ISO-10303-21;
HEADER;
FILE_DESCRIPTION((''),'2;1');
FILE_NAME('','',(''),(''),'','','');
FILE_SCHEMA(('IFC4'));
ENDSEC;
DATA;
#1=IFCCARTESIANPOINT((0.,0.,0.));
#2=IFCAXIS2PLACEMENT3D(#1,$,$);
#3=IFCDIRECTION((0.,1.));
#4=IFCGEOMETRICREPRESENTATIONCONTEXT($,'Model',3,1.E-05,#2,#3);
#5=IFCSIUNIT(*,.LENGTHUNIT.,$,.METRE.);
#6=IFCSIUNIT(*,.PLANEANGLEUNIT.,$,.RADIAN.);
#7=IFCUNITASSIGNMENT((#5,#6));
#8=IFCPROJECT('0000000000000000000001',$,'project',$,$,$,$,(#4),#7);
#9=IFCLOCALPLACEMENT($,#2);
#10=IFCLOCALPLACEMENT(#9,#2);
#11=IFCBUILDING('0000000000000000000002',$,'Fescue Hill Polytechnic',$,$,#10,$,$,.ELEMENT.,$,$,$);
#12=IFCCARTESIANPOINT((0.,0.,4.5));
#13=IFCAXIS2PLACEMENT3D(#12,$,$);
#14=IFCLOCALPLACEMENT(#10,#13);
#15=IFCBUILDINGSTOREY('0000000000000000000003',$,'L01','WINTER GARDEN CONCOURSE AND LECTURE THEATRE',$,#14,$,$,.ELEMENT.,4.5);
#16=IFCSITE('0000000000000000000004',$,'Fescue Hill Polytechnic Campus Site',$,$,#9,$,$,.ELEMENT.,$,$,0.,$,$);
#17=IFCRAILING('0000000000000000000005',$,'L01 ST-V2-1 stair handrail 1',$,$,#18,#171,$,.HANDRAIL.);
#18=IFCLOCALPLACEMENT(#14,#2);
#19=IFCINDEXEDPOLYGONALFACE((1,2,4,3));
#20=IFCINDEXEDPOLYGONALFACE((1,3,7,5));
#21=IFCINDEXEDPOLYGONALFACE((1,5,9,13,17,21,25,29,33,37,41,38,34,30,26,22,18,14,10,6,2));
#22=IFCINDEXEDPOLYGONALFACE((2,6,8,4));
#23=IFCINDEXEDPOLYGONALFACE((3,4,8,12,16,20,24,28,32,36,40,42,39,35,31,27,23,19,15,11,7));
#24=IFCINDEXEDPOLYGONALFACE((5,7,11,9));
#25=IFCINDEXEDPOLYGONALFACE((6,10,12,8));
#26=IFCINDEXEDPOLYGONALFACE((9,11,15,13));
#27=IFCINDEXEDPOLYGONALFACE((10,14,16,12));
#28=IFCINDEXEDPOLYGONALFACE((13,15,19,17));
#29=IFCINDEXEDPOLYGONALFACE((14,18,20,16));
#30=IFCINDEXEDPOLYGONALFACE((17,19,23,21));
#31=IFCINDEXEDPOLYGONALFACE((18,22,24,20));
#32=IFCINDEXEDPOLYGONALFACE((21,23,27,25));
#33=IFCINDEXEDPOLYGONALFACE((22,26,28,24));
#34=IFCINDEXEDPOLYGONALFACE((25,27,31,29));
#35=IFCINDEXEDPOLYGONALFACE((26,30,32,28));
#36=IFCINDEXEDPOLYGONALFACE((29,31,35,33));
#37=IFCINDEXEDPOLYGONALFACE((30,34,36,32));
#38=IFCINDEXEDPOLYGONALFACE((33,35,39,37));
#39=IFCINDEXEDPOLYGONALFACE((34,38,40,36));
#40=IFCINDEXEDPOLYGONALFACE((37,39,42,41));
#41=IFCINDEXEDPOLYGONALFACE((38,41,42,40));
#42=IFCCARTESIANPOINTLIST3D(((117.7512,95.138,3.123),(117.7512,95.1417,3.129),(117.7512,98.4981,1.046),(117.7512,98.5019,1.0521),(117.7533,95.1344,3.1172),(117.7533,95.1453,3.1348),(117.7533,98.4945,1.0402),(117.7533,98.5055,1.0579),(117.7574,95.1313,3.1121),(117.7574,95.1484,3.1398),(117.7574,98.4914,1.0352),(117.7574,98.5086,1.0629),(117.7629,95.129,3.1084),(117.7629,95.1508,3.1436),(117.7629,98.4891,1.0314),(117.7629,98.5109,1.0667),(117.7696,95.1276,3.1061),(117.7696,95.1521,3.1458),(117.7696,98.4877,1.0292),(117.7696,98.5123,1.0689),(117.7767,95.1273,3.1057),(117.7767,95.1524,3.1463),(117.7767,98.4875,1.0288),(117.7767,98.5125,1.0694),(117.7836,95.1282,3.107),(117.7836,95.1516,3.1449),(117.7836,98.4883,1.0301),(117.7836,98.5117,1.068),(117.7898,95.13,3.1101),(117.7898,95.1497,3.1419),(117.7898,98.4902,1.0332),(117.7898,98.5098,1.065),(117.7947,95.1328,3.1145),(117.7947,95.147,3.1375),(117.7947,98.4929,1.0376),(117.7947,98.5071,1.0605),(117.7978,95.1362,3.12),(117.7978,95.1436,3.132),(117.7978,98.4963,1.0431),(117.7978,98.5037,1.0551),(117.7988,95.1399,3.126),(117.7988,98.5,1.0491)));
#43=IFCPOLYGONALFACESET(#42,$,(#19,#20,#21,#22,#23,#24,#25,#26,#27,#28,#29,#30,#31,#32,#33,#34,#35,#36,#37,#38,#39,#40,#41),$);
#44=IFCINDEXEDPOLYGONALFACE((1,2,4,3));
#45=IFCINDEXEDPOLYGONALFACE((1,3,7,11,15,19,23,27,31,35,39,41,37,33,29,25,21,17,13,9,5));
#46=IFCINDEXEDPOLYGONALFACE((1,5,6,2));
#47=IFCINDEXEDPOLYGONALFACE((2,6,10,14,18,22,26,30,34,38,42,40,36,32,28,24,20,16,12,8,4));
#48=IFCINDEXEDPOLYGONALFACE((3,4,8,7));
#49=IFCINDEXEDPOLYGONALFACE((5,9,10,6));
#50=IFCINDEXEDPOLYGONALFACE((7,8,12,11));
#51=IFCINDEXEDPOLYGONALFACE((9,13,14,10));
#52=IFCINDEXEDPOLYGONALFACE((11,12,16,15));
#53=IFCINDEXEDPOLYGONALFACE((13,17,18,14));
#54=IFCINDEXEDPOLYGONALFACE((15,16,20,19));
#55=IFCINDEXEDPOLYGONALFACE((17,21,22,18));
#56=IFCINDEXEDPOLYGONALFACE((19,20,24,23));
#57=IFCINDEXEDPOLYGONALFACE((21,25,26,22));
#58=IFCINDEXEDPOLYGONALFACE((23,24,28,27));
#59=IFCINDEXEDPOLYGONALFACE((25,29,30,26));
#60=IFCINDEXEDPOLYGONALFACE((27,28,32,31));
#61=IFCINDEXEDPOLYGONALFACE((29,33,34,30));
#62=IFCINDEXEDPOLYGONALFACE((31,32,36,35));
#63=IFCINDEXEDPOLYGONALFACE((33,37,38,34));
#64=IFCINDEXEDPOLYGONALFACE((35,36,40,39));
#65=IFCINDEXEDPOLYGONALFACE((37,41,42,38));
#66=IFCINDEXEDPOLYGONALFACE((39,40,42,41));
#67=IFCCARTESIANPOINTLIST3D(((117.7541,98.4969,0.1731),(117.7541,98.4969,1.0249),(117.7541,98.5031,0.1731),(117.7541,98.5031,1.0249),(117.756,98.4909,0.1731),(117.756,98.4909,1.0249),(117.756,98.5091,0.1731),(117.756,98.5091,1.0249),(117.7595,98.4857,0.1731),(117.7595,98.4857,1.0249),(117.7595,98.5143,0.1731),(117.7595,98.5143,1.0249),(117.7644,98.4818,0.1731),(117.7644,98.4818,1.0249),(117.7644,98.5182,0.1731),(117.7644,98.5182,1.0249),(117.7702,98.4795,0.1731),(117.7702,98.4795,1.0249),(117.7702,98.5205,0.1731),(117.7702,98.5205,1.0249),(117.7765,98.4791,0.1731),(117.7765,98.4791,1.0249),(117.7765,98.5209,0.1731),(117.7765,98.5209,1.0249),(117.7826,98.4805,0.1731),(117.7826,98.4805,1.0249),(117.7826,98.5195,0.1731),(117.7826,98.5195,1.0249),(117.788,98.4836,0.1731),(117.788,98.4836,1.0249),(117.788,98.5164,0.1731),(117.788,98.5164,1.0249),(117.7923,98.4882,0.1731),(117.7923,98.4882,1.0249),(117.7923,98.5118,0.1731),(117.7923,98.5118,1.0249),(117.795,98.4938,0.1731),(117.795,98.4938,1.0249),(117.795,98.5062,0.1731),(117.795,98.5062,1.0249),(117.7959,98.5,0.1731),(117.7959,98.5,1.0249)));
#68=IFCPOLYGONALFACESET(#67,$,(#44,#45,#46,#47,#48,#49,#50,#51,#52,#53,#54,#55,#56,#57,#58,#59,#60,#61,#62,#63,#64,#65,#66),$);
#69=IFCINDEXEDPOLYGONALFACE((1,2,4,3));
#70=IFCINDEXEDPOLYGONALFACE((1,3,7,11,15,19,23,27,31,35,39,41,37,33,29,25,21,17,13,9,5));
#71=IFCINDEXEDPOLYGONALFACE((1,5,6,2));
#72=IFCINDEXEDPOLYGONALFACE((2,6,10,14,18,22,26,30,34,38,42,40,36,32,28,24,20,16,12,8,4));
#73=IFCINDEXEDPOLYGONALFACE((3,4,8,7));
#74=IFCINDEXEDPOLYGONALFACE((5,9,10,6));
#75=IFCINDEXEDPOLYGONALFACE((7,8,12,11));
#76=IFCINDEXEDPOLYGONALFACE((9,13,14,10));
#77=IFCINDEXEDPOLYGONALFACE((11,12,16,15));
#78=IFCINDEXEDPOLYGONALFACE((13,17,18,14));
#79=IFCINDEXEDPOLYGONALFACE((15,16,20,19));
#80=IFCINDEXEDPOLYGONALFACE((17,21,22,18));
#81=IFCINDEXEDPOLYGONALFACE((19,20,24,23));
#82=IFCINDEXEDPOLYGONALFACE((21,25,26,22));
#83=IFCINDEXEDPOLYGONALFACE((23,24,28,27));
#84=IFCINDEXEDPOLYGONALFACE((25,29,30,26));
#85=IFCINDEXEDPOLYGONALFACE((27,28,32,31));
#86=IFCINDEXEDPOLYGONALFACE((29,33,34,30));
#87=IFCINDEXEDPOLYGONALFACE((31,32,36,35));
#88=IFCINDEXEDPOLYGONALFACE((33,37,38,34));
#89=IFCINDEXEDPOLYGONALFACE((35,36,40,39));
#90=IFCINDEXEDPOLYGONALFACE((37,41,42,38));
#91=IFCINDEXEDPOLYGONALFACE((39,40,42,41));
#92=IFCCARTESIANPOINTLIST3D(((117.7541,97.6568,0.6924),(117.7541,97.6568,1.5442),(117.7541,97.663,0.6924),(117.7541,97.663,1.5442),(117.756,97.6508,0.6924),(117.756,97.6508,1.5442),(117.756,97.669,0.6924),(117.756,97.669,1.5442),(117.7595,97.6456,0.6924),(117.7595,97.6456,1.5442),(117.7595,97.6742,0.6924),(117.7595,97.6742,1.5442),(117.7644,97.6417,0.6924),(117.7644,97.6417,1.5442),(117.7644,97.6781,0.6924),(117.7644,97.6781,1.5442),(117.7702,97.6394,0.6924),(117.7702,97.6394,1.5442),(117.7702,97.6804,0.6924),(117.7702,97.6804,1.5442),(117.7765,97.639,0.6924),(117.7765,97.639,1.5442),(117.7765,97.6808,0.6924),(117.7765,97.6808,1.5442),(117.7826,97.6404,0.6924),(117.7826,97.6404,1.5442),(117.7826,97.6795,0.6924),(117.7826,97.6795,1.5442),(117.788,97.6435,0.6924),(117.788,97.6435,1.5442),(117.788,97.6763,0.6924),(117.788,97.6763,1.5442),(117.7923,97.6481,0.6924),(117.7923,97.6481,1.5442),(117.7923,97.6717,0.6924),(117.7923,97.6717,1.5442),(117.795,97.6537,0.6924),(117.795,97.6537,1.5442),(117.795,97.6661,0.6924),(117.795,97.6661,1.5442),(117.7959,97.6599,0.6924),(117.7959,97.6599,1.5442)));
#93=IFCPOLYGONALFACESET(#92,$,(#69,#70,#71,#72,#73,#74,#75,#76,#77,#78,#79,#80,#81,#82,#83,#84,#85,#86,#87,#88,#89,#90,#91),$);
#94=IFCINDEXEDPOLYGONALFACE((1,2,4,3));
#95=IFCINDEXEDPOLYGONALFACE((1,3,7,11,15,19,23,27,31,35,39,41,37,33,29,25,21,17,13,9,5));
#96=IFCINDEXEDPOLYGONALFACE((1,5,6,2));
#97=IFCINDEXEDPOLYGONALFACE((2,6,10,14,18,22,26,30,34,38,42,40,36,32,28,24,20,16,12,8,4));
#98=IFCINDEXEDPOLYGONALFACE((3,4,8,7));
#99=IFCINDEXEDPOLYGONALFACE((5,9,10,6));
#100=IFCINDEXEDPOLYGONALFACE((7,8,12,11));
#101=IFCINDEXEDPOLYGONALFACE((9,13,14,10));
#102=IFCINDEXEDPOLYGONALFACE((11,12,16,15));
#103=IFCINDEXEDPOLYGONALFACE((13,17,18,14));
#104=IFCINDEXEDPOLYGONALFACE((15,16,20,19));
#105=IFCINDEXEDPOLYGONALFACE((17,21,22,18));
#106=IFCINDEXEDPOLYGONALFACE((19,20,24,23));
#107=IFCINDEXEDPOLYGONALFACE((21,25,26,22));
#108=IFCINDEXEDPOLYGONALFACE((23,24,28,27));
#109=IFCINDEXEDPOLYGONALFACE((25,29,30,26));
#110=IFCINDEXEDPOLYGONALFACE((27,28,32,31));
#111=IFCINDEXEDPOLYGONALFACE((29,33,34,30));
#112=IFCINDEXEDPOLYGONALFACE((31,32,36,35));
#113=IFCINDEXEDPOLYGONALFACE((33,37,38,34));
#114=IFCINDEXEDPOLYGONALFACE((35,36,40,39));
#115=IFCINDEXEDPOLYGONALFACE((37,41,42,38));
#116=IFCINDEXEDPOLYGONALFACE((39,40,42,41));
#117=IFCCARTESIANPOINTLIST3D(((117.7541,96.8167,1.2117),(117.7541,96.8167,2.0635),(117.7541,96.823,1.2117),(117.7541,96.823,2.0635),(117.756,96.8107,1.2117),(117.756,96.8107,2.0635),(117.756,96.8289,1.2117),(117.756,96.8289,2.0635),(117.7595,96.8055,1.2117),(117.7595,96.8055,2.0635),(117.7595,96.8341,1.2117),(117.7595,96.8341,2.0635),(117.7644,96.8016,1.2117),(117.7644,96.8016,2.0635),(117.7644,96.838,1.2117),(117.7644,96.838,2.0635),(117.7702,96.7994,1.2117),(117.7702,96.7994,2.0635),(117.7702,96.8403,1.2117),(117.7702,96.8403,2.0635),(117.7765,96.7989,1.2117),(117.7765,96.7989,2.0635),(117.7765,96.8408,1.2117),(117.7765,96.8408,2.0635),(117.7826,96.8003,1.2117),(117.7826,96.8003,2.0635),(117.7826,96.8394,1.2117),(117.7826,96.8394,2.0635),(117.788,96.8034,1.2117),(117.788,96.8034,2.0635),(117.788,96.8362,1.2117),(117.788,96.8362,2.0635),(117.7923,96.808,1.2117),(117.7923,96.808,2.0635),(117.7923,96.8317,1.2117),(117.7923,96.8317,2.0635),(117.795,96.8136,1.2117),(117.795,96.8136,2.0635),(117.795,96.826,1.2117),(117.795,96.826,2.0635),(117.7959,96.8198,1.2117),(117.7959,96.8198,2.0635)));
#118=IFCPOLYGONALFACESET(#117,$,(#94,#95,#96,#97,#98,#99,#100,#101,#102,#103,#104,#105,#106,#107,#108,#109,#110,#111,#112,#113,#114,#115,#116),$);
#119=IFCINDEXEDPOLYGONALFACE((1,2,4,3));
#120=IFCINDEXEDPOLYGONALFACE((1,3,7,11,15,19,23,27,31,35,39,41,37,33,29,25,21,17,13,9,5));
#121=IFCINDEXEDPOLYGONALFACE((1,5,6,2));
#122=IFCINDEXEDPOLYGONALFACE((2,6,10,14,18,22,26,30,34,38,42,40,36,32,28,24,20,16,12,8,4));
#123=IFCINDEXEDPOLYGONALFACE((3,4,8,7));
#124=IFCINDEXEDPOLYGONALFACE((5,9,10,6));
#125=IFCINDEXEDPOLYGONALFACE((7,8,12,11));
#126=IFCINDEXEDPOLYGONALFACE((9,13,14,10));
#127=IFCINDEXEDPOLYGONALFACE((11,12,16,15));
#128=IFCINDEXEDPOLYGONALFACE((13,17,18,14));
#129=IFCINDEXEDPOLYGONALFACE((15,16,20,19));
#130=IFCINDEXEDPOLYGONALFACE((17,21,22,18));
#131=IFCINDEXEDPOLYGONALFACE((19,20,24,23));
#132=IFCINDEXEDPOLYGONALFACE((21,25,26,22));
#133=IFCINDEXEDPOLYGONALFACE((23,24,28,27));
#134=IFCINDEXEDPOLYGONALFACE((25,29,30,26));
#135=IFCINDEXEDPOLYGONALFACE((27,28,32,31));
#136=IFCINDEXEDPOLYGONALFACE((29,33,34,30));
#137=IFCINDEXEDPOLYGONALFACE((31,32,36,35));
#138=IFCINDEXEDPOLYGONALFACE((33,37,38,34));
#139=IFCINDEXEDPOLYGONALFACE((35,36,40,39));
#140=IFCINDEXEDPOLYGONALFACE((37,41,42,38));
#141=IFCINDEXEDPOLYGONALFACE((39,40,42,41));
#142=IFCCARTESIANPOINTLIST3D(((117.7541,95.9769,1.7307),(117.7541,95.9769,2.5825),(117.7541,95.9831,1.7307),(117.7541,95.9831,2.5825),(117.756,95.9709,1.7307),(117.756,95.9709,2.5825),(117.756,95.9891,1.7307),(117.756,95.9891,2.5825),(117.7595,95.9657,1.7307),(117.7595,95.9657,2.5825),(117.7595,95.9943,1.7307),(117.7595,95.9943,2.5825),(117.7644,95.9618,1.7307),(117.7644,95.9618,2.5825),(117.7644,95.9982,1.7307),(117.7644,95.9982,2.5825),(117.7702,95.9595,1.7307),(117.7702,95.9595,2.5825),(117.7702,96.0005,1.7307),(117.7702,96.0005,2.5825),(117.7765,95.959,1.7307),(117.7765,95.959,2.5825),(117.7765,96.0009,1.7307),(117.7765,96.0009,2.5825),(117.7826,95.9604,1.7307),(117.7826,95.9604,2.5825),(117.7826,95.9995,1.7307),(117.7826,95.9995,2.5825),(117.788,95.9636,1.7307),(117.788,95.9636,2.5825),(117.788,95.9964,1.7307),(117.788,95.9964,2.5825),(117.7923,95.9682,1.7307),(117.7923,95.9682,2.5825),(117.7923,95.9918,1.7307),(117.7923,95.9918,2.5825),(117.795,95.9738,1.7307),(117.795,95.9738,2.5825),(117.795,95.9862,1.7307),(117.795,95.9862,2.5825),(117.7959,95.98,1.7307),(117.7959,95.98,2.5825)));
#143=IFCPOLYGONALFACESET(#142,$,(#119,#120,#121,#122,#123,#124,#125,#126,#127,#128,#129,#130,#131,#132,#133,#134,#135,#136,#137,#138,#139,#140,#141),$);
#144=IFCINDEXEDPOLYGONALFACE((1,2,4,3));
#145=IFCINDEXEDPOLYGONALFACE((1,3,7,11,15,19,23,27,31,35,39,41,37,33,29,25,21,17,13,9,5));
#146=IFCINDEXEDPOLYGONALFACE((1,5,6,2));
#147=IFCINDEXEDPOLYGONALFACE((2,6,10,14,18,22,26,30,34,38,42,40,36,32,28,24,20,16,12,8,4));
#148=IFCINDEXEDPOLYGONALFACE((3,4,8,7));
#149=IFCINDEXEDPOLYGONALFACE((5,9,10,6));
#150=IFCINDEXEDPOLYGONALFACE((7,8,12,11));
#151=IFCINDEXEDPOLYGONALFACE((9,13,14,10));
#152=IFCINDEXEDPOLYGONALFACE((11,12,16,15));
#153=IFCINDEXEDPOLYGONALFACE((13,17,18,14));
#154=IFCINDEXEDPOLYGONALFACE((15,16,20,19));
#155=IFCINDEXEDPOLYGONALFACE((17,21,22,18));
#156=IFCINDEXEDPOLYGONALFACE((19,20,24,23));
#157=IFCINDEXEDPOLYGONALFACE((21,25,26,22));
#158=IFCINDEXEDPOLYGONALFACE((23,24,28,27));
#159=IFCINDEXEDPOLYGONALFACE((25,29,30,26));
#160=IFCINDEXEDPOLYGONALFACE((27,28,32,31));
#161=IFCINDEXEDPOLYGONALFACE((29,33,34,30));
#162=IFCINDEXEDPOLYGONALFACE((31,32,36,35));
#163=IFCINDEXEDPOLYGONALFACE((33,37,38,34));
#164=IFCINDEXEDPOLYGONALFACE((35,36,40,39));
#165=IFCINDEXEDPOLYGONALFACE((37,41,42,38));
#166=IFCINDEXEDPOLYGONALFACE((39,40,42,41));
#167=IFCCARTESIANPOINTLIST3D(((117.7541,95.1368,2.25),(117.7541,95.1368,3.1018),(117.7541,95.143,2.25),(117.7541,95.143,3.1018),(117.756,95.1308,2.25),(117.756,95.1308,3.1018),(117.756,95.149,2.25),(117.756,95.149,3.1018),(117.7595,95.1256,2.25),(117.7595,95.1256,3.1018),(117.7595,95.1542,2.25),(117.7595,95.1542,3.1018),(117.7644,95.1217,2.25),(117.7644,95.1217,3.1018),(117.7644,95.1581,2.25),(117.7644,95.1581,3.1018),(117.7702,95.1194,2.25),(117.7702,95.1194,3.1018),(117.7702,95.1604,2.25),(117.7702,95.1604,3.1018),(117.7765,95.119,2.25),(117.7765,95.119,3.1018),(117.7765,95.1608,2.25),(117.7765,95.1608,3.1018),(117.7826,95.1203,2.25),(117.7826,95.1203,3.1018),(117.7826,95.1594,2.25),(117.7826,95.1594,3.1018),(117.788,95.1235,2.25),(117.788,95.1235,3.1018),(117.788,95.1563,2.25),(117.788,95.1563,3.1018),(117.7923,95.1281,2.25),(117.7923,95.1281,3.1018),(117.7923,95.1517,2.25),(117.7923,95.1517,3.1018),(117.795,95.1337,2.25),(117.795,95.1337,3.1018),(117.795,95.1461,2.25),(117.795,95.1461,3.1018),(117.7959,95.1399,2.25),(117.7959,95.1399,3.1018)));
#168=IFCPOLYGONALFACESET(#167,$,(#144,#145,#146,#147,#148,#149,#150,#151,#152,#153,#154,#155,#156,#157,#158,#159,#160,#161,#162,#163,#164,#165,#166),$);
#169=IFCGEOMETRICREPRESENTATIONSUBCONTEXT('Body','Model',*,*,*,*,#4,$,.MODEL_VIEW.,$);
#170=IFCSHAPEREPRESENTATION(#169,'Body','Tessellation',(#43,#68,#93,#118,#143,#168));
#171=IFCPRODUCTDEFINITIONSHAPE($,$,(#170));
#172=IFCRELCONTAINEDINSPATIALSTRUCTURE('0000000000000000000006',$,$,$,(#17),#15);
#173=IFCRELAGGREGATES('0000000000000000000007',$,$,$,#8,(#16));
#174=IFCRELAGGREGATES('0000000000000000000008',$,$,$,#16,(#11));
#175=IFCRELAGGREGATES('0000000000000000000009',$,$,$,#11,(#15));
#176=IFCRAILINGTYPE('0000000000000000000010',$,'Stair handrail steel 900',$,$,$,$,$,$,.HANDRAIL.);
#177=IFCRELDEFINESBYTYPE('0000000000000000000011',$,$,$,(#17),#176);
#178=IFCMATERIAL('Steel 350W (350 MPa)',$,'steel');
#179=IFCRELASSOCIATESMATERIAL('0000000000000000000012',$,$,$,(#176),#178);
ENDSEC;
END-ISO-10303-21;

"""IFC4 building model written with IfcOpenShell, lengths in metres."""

from ifc_helpers import new_model, si_unit, direction, frame, origin, origin_2d, place, context, subcontext, project, spatial, circle, extrude, material, type_object, element, save


model = new_model("IFC4")

# Units and contexts
model_context = context("Model", 3, precision=1e-05, world=origin(), true_north=direction((0.0, 1.0)))
body_context = subcontext(model_context, "Body", "Model", "MODEL_VIEW")
ifc_project = project(units=[si_unit("LENGTHUNIT", "METRE"), si_unit("PLANEANGLEUNIT", "RADIAN")], contexts=[model_context])

# Site, building, storey
site_placement = place(None, origin())
site = spatial("IfcSite", under=ifc_project, at=site_placement, Name="Fescue Hill Polytechnic Campus Site", CompositionType="ELEMENT", RefElevation=0.0)
building_placement = place(site_placement, origin())
building = spatial("IfcBuilding", under=site, at=building_placement, Name="Fescue Hill Polytechnic", CompositionType="ELEMENT")
storey_placement = place(building_placement, frame((0.0, 0.0, 4.5)))
storey = spatial("IfcBuildingStorey", under=building, at=storey_placement, Name="L01", Description="WINTER GARDEN CONCOURSE AND LECTURE THEATRE", CompositionType="ELEMENT", Elevation=4.5)

# Railing
ifc_material_1 = material(Name="Steel 350W (350 MPa)", Category="steel")
railing_type_1 = type_object("IfcRailingType", Name="Stair handrail steel 900", PredefinedType="HANDRAIL", material=ifc_material_1)
railing_1_placement = place(storey_placement, frame((117.7749, 98.5, 0.1731)))
element("IfcRailing", 1, at=railing_1_placement, inside=storey, type_object=railing_type_1, Name="L01 ST-V2-1 stair handrail 1", PredefinedType="HANDRAIL", context=body_context, shape_type="SweptSolid", body=[
    extrude(circle(Radius=0.0239, at=origin_2d()), frame((0.0, 0.0, 0.876), z_axis=(0.0, -0.850623, 0.525776), x_axis=(1.0, 0.0, 0.0)), (0.0, 0.0, 1.0), 3.9502),
    extrude(circle(Radius=0.021, at=origin_2d()), origin(), (0.0, 0.0, 1.0), 0.8518),
    extrude(circle(Radius=0.021, at=origin_2d()), frame((0.0, -0.8401, 0.5193)), (0.0, 0.0, 1.0), 0.8518),
    extrude(circle(Radius=0.021, at=origin_2d()), frame((0.0, -1.6802, 1.0386)), (0.0, 0.0, 1.0), 0.8518),
    extrude(circle(Radius=0.021, at=origin_2d()), frame((0.0, -2.52, 1.5576)), (0.0, 0.0, 1.0), 0.8518),
    extrude(circle(Radius=0.021, at=origin_2d()), frame((0.0, -3.3601, 2.0769)), (0.0, 0.0, 1.0), 0.8518),
])

save(model, "model.ifc")
